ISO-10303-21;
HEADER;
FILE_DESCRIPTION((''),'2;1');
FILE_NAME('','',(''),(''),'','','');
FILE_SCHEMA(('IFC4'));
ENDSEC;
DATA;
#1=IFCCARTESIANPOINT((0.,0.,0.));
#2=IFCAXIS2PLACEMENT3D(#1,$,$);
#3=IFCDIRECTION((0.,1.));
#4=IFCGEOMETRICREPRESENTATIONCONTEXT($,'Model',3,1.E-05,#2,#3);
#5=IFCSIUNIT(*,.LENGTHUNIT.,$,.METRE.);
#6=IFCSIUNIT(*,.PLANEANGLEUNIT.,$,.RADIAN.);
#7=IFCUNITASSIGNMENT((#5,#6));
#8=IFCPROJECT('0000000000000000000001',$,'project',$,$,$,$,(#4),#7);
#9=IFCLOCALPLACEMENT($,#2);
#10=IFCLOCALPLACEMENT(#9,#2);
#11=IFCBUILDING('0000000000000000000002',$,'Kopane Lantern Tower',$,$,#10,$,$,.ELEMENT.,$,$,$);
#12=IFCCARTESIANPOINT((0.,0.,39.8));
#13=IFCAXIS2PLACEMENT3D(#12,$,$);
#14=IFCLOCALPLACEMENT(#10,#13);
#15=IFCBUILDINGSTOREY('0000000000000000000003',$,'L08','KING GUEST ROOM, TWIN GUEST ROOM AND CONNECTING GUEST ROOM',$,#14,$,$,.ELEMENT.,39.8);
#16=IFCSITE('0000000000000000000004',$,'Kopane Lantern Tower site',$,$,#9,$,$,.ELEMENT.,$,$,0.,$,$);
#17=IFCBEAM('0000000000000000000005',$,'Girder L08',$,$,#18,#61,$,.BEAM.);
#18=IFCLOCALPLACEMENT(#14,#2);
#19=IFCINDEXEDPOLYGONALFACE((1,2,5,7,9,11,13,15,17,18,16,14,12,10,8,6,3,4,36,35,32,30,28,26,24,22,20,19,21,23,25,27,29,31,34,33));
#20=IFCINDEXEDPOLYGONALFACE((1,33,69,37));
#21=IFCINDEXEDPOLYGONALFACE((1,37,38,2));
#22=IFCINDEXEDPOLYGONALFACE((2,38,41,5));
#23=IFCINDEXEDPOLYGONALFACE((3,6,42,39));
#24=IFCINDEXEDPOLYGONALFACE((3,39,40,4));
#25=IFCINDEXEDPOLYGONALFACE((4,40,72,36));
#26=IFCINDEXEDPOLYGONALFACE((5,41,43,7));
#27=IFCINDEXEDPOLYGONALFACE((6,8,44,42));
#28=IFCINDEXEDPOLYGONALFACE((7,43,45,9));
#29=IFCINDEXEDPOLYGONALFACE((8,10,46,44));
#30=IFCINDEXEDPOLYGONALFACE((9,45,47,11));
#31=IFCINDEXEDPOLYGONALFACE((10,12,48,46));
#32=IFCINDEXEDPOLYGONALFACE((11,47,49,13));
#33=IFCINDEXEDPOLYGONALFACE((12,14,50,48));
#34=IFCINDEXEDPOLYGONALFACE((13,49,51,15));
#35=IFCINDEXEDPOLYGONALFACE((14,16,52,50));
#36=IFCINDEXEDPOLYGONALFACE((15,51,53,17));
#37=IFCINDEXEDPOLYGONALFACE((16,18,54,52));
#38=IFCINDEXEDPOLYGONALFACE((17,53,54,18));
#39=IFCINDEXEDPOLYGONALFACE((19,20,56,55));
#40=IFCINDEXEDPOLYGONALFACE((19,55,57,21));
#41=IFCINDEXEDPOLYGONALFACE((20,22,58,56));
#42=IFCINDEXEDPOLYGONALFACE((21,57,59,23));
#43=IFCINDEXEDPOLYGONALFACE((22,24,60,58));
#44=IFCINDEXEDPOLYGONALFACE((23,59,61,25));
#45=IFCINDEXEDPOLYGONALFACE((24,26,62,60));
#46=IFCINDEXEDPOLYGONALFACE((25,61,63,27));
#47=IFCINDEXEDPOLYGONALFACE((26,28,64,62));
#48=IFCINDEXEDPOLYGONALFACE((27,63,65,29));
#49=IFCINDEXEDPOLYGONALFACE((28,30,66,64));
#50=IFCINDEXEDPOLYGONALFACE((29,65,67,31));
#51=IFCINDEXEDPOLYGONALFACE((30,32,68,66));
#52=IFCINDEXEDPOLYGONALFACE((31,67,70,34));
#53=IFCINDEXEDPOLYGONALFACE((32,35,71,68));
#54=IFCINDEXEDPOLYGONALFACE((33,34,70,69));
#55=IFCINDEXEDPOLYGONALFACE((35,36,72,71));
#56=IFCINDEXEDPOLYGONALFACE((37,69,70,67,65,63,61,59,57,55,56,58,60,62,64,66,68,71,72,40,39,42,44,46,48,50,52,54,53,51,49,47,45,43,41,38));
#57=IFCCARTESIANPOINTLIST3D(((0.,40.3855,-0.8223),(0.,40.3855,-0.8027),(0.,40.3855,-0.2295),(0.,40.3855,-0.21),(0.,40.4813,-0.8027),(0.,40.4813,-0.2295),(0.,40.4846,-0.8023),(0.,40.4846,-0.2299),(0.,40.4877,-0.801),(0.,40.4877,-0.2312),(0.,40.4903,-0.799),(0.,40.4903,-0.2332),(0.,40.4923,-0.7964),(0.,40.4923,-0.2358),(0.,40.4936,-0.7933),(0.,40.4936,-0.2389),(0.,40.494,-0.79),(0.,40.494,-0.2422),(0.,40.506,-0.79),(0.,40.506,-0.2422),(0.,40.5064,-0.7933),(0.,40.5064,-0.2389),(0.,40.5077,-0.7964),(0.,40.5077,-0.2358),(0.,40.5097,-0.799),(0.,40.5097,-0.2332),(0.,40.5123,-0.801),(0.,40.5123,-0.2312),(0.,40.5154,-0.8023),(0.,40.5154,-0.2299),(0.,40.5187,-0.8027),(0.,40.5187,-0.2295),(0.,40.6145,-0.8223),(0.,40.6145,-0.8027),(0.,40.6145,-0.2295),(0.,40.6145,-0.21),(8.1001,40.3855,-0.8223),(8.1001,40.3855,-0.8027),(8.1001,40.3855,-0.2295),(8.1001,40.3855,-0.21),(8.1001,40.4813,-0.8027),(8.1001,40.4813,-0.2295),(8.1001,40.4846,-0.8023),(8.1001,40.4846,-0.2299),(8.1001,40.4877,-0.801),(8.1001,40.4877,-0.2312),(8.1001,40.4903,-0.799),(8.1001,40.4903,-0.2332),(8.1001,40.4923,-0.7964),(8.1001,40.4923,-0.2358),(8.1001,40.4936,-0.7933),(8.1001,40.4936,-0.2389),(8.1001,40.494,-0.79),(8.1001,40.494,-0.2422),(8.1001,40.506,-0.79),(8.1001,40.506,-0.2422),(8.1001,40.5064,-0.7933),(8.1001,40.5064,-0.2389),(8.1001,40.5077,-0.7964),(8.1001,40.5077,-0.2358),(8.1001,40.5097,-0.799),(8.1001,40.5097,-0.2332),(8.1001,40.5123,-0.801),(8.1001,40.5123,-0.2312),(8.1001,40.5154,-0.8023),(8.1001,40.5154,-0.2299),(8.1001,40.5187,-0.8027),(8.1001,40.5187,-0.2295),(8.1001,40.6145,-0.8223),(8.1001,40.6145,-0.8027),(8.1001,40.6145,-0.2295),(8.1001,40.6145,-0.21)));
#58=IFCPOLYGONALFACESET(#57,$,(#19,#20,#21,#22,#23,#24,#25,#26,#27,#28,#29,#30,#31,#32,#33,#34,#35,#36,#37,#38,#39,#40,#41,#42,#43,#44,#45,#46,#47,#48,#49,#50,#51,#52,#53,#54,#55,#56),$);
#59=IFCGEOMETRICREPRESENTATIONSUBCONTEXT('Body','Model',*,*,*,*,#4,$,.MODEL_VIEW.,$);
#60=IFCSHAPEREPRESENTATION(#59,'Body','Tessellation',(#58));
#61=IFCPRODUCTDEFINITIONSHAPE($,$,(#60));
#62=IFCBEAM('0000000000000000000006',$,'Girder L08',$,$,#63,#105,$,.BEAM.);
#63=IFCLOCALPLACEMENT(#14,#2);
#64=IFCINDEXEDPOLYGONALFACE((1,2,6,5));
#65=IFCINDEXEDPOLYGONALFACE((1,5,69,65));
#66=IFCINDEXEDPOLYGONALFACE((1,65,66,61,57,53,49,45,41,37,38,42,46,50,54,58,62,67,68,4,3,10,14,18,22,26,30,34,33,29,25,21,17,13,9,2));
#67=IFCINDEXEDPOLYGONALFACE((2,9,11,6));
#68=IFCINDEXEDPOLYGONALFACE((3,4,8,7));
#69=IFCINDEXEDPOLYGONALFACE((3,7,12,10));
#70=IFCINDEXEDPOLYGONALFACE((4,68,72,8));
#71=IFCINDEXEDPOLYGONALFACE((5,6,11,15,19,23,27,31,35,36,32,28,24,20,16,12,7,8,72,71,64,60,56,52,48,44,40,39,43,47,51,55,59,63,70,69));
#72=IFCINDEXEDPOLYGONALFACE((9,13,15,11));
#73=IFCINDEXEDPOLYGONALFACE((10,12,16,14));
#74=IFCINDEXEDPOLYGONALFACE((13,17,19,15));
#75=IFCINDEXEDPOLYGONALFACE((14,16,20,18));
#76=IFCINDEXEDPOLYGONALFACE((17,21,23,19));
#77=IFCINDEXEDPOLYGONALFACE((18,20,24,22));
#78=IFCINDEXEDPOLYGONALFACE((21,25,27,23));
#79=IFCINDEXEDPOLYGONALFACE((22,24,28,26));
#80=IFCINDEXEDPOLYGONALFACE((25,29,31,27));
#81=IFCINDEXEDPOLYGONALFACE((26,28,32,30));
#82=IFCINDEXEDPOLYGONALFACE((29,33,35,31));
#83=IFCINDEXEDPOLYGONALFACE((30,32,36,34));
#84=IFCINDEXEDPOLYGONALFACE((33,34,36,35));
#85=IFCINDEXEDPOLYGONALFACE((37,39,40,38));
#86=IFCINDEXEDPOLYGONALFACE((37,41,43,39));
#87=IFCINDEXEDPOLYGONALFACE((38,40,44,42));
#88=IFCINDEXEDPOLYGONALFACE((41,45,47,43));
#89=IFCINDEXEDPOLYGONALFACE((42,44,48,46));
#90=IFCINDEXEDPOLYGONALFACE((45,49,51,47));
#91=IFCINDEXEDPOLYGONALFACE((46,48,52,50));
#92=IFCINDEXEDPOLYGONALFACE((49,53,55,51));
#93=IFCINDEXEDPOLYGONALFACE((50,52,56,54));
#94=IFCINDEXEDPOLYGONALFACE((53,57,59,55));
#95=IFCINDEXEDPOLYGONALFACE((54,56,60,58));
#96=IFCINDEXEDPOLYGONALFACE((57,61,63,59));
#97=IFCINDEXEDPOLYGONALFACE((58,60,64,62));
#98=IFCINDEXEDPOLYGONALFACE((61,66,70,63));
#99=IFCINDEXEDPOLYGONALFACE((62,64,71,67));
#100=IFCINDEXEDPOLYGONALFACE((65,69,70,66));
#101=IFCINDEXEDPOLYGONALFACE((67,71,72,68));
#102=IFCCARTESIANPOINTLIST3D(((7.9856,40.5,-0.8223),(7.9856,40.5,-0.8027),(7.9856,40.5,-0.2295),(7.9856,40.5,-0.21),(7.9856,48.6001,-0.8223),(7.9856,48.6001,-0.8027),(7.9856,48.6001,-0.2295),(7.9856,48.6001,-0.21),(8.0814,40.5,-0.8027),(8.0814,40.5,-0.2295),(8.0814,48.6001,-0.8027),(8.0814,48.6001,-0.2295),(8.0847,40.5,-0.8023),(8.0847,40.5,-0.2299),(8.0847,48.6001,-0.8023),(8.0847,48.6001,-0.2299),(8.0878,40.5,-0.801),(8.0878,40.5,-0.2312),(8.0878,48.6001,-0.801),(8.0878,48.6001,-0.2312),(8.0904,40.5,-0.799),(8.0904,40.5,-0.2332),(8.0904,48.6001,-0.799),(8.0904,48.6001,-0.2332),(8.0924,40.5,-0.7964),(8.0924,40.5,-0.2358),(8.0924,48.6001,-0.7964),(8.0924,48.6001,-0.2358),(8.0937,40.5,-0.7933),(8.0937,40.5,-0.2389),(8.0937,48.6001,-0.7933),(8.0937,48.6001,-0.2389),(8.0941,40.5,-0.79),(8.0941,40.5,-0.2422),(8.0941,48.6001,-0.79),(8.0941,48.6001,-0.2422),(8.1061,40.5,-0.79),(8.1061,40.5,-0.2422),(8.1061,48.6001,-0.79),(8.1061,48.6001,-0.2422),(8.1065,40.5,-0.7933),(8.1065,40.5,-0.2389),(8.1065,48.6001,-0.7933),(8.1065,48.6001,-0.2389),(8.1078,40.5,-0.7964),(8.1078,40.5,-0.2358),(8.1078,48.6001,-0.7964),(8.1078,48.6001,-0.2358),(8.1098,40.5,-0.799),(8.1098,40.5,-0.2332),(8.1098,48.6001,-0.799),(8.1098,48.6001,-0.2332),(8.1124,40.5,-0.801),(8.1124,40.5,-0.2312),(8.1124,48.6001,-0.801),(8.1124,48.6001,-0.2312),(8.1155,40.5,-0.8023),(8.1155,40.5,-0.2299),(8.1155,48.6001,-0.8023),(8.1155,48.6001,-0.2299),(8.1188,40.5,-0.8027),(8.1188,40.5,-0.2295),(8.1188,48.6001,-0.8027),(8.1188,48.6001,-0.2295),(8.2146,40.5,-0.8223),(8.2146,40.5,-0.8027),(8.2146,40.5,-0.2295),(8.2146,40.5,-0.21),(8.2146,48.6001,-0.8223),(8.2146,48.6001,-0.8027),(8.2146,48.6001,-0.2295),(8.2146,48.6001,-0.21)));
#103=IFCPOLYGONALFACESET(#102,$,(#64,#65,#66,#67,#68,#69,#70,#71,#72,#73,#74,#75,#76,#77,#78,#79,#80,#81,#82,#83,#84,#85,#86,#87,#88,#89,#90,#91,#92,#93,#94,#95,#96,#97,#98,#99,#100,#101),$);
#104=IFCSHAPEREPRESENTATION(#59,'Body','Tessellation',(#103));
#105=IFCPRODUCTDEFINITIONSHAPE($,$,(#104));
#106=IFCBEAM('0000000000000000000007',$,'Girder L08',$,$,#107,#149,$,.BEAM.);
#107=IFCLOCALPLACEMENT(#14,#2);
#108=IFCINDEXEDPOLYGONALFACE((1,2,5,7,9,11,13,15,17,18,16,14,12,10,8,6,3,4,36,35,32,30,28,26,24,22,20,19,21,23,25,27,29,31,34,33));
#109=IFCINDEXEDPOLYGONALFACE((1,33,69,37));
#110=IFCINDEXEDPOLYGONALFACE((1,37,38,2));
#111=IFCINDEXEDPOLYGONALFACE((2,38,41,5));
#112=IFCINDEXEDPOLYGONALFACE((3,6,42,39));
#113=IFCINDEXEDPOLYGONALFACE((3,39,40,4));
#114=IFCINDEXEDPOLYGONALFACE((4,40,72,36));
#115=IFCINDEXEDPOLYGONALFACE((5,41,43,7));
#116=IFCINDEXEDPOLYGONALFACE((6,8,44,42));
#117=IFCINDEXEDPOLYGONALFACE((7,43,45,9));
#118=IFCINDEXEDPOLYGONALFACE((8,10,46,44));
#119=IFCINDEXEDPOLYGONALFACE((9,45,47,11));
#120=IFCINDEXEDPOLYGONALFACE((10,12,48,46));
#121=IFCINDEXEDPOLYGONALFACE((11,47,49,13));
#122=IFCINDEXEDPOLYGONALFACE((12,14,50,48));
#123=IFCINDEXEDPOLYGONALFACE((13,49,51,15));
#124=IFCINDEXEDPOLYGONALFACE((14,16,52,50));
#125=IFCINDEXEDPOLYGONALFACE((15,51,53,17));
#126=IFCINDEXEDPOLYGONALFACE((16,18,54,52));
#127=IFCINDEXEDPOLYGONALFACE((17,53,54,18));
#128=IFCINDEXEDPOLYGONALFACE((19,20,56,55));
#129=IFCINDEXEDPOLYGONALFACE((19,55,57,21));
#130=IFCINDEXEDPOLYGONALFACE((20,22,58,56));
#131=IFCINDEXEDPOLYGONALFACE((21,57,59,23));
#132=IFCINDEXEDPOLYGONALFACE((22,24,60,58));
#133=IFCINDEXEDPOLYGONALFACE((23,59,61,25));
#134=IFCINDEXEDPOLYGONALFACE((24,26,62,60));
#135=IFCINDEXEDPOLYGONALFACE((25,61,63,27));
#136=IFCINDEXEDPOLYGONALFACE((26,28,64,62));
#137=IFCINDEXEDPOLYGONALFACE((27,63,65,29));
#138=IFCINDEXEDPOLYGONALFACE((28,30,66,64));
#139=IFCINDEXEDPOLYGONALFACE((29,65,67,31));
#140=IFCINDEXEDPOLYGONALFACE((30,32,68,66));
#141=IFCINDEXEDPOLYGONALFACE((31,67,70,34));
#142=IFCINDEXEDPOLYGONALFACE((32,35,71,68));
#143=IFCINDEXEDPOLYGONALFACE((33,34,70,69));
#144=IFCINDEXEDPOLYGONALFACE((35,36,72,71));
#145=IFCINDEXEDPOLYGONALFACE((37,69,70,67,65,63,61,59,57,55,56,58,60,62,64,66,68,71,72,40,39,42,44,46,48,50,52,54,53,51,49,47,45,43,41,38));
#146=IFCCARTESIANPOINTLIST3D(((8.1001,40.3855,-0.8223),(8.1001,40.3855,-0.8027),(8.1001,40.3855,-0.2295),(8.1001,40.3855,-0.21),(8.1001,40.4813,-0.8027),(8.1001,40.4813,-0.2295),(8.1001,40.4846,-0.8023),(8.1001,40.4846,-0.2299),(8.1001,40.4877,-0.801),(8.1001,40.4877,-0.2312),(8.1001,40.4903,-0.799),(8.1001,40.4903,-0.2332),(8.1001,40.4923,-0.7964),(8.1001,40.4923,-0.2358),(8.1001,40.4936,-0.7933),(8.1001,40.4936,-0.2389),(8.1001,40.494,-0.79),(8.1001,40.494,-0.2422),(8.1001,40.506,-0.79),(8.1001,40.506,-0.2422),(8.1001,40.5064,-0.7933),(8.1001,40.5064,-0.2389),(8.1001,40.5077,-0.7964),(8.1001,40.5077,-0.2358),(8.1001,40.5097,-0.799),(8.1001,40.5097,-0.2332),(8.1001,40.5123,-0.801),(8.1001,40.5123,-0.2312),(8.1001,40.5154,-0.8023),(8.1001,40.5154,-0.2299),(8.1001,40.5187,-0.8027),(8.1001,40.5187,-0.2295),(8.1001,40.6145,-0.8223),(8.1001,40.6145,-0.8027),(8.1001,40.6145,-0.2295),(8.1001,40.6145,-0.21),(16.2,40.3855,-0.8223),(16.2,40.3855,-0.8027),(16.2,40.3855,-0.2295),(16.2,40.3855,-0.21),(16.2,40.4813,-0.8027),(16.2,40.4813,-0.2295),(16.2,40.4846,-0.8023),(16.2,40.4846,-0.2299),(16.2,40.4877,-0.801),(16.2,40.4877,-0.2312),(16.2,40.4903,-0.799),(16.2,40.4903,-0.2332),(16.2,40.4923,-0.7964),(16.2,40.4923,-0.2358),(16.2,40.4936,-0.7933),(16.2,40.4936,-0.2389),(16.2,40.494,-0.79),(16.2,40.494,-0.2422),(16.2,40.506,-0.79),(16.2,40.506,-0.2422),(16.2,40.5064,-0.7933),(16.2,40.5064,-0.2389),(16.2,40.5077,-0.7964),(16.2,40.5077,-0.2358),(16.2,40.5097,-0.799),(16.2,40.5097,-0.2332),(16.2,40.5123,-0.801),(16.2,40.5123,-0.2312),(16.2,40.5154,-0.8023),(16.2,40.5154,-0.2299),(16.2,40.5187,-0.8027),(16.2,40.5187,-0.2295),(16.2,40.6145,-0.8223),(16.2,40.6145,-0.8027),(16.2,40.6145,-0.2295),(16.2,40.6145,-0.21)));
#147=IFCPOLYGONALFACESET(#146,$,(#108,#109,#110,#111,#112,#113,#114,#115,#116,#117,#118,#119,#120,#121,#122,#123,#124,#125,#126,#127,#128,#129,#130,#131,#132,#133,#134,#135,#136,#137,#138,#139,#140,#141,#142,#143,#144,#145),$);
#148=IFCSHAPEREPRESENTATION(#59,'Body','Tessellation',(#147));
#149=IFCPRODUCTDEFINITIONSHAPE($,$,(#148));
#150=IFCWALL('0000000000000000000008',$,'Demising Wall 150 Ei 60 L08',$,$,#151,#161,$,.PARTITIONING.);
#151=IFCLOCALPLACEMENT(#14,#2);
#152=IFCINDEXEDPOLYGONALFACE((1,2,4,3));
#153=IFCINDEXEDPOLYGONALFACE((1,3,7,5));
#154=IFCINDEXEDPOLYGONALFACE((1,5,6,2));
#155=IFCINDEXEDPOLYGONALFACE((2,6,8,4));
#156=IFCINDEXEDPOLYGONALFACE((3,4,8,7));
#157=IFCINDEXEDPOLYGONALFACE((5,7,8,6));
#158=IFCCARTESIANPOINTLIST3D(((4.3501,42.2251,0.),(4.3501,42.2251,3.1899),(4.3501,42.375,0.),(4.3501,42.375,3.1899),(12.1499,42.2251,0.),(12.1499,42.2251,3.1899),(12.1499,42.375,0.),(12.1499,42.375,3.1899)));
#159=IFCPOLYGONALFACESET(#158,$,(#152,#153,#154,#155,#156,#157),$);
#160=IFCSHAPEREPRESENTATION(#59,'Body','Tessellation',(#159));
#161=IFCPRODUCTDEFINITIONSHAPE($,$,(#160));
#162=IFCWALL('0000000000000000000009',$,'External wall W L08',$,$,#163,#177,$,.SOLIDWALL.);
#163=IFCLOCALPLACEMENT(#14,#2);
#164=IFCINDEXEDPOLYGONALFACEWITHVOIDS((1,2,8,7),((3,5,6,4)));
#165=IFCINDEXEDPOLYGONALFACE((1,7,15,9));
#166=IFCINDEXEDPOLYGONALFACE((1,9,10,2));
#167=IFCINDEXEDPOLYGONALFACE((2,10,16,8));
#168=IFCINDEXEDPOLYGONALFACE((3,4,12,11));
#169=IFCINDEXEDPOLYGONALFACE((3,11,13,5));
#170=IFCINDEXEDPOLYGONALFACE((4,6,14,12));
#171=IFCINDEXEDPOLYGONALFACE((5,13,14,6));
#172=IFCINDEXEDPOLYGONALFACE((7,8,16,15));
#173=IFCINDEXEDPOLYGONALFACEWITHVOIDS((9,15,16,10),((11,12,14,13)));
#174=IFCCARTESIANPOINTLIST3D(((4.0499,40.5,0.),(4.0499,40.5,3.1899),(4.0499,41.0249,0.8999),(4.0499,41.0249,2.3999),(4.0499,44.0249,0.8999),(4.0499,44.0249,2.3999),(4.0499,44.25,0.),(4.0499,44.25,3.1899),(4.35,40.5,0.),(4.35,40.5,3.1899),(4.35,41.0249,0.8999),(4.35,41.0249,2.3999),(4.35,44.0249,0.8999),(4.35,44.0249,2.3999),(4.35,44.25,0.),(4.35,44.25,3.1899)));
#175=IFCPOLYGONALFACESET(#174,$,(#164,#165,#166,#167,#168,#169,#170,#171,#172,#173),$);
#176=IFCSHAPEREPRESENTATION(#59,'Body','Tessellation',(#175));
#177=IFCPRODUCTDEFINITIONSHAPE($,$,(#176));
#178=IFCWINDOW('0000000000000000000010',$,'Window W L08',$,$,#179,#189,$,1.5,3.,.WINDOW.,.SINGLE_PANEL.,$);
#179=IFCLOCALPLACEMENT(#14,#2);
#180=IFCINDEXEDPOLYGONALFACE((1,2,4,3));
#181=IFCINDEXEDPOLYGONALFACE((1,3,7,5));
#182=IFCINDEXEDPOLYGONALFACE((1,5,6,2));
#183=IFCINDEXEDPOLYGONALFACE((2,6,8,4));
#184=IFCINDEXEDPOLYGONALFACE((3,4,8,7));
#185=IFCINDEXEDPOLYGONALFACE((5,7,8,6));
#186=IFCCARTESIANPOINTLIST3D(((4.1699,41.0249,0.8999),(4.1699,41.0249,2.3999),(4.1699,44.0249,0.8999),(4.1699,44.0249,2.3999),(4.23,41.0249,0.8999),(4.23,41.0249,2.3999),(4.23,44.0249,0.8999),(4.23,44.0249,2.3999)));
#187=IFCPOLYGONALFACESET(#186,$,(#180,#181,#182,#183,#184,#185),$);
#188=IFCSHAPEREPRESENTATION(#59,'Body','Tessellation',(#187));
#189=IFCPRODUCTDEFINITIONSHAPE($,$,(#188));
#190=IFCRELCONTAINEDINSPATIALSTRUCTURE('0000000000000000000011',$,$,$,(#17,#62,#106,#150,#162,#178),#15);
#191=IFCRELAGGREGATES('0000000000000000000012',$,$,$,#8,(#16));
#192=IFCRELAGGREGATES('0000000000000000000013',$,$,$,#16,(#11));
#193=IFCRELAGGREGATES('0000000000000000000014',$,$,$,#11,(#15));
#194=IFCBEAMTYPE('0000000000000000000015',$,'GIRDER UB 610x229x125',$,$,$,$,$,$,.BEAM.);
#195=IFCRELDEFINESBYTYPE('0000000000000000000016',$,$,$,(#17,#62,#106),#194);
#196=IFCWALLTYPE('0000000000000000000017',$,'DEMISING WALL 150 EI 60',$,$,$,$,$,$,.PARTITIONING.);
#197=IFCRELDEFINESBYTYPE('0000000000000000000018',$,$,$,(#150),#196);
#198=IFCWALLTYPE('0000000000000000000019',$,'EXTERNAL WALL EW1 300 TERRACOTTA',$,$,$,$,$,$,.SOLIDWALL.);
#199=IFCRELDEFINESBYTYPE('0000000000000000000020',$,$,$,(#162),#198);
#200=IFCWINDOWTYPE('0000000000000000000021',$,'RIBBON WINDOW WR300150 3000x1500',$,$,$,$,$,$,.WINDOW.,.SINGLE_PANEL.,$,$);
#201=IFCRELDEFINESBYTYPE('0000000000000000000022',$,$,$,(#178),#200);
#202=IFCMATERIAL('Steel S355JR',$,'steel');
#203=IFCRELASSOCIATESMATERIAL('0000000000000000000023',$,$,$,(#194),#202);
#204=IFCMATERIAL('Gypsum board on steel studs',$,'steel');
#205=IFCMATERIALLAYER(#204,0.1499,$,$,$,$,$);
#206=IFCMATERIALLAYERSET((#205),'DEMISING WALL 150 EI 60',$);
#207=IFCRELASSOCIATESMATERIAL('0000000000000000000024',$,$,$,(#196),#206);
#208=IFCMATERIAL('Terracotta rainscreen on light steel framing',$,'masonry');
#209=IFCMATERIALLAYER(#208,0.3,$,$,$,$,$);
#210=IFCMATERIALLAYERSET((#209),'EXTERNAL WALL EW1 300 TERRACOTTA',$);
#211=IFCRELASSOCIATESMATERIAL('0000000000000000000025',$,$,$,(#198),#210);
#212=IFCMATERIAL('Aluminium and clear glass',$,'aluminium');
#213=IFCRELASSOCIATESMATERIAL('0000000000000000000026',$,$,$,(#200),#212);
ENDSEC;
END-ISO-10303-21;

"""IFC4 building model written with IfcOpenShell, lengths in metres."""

from ifc_helpers import new_model, si_unit, direction, frame, frame_2d, origin, origin_2d, place, context, subcontext, project, spatial, rectangle, i_section, extrude, material, layer, layer_set, material_profile, profile_set, type_object, element, fill, save


model = new_model("IFC4")

# Units and contexts
model_context = context("Model", 3, precision=1e-05, world=origin(), true_north=direction((0.0, 1.0)))
body_context = subcontext(model_context, "Body", "Model", "MODEL_VIEW")
ifc_project = project(units=[si_unit("LENGTHUNIT", "METRE"), si_unit("PLANEANGLEUNIT", "RADIAN")], contexts=[model_context])

# Site, building, storey
site_placement = place(None, origin())
site = spatial("IfcSite", under=ifc_project, at=site_placement, Name="Kopane Lantern Tower site", CompositionType="ELEMENT", RefElevation=0.0)
building_placement = place(site_placement, origin())
building = spatial("IfcBuilding", under=site, at=building_placement, Name="Kopane Lantern Tower", CompositionType="ELEMENT")
storey_placement = place(building_placement, frame((0.0, 0.0, 39.8)))
storey = spatial("IfcBuildingStorey", under=building, at=storey_placement, Name="L08", Description="KING GUEST ROOM, TWIN GUEST ROOM AND CONNECTING GUEST ROOM", CompositionType="ELEMENT", Elevation=39.8)

# Beams
ifc_material_1 = material(Name="Steel S355JR", Category="steel")
ifc_material_profile_1 = material_profile(ifc_material_1, i_section(OverallWidth=0.229, OverallDepth=0.6123, WebThickness=0.012, FlangeThickness=0.0195, FilletRadius=0.0127, at=origin_2d()), Name="UB 610x229x125")
ifc_profile_set_1 = profile_set([ifc_material_profile_1], Name="Steel S355JR")
beam_type_1 = type_object("IfcBeamType", Name="GIRDER UB 610x229x125", PredefinedType="BEAM", material=ifc_profile_set_1)
for number, where, z_axis, x_axis, name in (
    (1, (0.0, 40.5, -0.5161), (1.0, 0.0, 0.0), (0.0, 1.0, 0.0), "Girder L08"),
    (2, (8.1001, 40.5, -0.5161), (0.0, 1.0, 0.0), (-1.0, 0.0, 0.0), "Girder L08"),
):
    element("IfcBeam", number, at=place(storey_placement, frame(where, z_axis=z_axis, x_axis=x_axis)), inside=storey, type_object=beam_type_1, Name=name, PredefinedType="BEAM", context=body_context, shape_type="SweptSolid", body=[
        extrude(i_section(OverallWidth=0.229, OverallDepth=0.6123, WebThickness=0.012, FlangeThickness=0.0195, FilletRadius=0.0127, at=origin_2d()), origin(), (0.0, 0.0, 1.0), 8.1001),
    ])
beam_1_placement = place(storey_placement, frame((8.1001, 40.5, -0.5161), z_axis=(1.0, 0.0, 0.0), x_axis=(0.0, 1.0, 0.0)))
element("IfcBeam", 3, at=beam_1_placement, inside=storey, type_object=beam_type_1, Name="Girder L08", PredefinedType="BEAM", context=body_context, shape_type="SweptSolid", body=[
    extrude(i_section(OverallWidth=0.229, OverallDepth=0.6123, WebThickness=0.012, FlangeThickness=0.0195, FilletRadius=0.0127, at=origin_2d()), origin(), (0.0, 0.0, 1.0), 8.0999),
])

# Wall
ifc_material_2 = material(Name="Gypsum board on steel studs", Category="steel")
ifc_layer_1 = layer(ifc_material_2, 0.1499)
ifc_layer_set_1 = layer_set([ifc_layer_1], Name="DEMISING WALL 150 EI 60")
wall_type_1 = type_object("IfcWallType", Name="DEMISING WALL 150 EI 60", PredefinedType="PARTITIONING", material=ifc_layer_set_1)
wall_1_placement = place(storey_placement, frame((4.3501, 42.3, 0.0), z_axis=(0.0, 0.0, 1.0), x_axis=(1.0, 0.0, 0.0)))
element("IfcWall", 4, at=wall_1_placement, inside=storey, type_object=wall_type_1, Name="Demising Wall 150 Ei 60 L08", PredefinedType="PARTITIONING", context=body_context, shape_type="SweptSolid", body=[
    extrude(rectangle(XDim=7.7998, YDim=0.1499, at=frame_2d((3.8999, 0.0))), origin(), (0.0, 0.0, 1.0), 3.1899),
])

# Wall, opening, window
ifc_material_3 = material(Name="Terracotta rainscreen on light steel framing", Category="masonry")
ifc_layer_2 = layer(ifc_material_3, 0.3)
ifc_layer_set_2 = layer_set([ifc_layer_2], Name="EXTERNAL WALL EW1 300 TERRACOTTA")
wall_type_2 = type_object("IfcWallType", Name="EXTERNAL WALL EW1 300 TERRACOTTA", PredefinedType="SOLIDWALL", material=ifc_layer_set_2)
wall_2_placement = place(storey_placement, frame((4.2, 44.25, 0.0), z_axis=(0.0, 0.0, 1.0), x_axis=(0.0, -1.0, 0.0)))
wall_2 = element("IfcWall", 5, at=wall_2_placement, inside=storey, type_object=wall_type_2, Name="External wall W L08", PredefinedType="SOLIDWALL", context=body_context, shape_type="SweptSolid", body=[
    extrude(rectangle(XDim=3.75, YDim=0.3, at=frame_2d((1.875, 0.0))), origin(), (0.0, 0.0, 1.0), 3.1899),
])
opening_placement = place(wall_2_placement, frame((0.2251, 0.0, 0.8999)))
opening = element("IfcOpeningElement", 6, at=opening_placement, cuts=wall_2, PredefinedType="OPENING", context=body_context, shape_type="SweptSolid", body=[
    extrude(rectangle(XDim=3.0, YDim=1.5, at=frame_2d((1.5, 0.75))), frame((0.0, 0.1599, 0.0), z_axis=(0.0, -1.0, 0.0), x_axis=(1.0, 0.0, 0.0)), (0.0, 0.0, 1.0), 0.3201),
])
ifc_material_4 = material(Name="Aluminium and clear glass", Category="aluminium")
window_type = type_object("IfcWindowType", Name="RIBBON WINDOW WR300150 3000x1500", PartitioningType="SINGLE_PANEL", PredefinedType="WINDOW", material=ifc_material_4)
window_placement = place(opening_placement, origin())
window = element("IfcWindow", 7, at=window_placement, inside=storey, type_object=window_type, Name="Window W L08", OverallHeight=1.5, OverallWidth=3.0, PartitioningType="SINGLE_PANEL", PredefinedType="WINDOW", context=body_context, shape_type="SweptSolid", body=[
    extrude(rectangle(XDim=3.0, YDim=1.5, at=frame_2d((1.5, 0.75))), frame((0.0, 0.03, 0.0), z_axis=(0.0, -1.0, 0.0), x_axis=(1.0, 0.0, 0.0)), (0.0, 0.0, 1.0), 0.0601),
])
fill(opening, window)

save(model, "model.ifc")
